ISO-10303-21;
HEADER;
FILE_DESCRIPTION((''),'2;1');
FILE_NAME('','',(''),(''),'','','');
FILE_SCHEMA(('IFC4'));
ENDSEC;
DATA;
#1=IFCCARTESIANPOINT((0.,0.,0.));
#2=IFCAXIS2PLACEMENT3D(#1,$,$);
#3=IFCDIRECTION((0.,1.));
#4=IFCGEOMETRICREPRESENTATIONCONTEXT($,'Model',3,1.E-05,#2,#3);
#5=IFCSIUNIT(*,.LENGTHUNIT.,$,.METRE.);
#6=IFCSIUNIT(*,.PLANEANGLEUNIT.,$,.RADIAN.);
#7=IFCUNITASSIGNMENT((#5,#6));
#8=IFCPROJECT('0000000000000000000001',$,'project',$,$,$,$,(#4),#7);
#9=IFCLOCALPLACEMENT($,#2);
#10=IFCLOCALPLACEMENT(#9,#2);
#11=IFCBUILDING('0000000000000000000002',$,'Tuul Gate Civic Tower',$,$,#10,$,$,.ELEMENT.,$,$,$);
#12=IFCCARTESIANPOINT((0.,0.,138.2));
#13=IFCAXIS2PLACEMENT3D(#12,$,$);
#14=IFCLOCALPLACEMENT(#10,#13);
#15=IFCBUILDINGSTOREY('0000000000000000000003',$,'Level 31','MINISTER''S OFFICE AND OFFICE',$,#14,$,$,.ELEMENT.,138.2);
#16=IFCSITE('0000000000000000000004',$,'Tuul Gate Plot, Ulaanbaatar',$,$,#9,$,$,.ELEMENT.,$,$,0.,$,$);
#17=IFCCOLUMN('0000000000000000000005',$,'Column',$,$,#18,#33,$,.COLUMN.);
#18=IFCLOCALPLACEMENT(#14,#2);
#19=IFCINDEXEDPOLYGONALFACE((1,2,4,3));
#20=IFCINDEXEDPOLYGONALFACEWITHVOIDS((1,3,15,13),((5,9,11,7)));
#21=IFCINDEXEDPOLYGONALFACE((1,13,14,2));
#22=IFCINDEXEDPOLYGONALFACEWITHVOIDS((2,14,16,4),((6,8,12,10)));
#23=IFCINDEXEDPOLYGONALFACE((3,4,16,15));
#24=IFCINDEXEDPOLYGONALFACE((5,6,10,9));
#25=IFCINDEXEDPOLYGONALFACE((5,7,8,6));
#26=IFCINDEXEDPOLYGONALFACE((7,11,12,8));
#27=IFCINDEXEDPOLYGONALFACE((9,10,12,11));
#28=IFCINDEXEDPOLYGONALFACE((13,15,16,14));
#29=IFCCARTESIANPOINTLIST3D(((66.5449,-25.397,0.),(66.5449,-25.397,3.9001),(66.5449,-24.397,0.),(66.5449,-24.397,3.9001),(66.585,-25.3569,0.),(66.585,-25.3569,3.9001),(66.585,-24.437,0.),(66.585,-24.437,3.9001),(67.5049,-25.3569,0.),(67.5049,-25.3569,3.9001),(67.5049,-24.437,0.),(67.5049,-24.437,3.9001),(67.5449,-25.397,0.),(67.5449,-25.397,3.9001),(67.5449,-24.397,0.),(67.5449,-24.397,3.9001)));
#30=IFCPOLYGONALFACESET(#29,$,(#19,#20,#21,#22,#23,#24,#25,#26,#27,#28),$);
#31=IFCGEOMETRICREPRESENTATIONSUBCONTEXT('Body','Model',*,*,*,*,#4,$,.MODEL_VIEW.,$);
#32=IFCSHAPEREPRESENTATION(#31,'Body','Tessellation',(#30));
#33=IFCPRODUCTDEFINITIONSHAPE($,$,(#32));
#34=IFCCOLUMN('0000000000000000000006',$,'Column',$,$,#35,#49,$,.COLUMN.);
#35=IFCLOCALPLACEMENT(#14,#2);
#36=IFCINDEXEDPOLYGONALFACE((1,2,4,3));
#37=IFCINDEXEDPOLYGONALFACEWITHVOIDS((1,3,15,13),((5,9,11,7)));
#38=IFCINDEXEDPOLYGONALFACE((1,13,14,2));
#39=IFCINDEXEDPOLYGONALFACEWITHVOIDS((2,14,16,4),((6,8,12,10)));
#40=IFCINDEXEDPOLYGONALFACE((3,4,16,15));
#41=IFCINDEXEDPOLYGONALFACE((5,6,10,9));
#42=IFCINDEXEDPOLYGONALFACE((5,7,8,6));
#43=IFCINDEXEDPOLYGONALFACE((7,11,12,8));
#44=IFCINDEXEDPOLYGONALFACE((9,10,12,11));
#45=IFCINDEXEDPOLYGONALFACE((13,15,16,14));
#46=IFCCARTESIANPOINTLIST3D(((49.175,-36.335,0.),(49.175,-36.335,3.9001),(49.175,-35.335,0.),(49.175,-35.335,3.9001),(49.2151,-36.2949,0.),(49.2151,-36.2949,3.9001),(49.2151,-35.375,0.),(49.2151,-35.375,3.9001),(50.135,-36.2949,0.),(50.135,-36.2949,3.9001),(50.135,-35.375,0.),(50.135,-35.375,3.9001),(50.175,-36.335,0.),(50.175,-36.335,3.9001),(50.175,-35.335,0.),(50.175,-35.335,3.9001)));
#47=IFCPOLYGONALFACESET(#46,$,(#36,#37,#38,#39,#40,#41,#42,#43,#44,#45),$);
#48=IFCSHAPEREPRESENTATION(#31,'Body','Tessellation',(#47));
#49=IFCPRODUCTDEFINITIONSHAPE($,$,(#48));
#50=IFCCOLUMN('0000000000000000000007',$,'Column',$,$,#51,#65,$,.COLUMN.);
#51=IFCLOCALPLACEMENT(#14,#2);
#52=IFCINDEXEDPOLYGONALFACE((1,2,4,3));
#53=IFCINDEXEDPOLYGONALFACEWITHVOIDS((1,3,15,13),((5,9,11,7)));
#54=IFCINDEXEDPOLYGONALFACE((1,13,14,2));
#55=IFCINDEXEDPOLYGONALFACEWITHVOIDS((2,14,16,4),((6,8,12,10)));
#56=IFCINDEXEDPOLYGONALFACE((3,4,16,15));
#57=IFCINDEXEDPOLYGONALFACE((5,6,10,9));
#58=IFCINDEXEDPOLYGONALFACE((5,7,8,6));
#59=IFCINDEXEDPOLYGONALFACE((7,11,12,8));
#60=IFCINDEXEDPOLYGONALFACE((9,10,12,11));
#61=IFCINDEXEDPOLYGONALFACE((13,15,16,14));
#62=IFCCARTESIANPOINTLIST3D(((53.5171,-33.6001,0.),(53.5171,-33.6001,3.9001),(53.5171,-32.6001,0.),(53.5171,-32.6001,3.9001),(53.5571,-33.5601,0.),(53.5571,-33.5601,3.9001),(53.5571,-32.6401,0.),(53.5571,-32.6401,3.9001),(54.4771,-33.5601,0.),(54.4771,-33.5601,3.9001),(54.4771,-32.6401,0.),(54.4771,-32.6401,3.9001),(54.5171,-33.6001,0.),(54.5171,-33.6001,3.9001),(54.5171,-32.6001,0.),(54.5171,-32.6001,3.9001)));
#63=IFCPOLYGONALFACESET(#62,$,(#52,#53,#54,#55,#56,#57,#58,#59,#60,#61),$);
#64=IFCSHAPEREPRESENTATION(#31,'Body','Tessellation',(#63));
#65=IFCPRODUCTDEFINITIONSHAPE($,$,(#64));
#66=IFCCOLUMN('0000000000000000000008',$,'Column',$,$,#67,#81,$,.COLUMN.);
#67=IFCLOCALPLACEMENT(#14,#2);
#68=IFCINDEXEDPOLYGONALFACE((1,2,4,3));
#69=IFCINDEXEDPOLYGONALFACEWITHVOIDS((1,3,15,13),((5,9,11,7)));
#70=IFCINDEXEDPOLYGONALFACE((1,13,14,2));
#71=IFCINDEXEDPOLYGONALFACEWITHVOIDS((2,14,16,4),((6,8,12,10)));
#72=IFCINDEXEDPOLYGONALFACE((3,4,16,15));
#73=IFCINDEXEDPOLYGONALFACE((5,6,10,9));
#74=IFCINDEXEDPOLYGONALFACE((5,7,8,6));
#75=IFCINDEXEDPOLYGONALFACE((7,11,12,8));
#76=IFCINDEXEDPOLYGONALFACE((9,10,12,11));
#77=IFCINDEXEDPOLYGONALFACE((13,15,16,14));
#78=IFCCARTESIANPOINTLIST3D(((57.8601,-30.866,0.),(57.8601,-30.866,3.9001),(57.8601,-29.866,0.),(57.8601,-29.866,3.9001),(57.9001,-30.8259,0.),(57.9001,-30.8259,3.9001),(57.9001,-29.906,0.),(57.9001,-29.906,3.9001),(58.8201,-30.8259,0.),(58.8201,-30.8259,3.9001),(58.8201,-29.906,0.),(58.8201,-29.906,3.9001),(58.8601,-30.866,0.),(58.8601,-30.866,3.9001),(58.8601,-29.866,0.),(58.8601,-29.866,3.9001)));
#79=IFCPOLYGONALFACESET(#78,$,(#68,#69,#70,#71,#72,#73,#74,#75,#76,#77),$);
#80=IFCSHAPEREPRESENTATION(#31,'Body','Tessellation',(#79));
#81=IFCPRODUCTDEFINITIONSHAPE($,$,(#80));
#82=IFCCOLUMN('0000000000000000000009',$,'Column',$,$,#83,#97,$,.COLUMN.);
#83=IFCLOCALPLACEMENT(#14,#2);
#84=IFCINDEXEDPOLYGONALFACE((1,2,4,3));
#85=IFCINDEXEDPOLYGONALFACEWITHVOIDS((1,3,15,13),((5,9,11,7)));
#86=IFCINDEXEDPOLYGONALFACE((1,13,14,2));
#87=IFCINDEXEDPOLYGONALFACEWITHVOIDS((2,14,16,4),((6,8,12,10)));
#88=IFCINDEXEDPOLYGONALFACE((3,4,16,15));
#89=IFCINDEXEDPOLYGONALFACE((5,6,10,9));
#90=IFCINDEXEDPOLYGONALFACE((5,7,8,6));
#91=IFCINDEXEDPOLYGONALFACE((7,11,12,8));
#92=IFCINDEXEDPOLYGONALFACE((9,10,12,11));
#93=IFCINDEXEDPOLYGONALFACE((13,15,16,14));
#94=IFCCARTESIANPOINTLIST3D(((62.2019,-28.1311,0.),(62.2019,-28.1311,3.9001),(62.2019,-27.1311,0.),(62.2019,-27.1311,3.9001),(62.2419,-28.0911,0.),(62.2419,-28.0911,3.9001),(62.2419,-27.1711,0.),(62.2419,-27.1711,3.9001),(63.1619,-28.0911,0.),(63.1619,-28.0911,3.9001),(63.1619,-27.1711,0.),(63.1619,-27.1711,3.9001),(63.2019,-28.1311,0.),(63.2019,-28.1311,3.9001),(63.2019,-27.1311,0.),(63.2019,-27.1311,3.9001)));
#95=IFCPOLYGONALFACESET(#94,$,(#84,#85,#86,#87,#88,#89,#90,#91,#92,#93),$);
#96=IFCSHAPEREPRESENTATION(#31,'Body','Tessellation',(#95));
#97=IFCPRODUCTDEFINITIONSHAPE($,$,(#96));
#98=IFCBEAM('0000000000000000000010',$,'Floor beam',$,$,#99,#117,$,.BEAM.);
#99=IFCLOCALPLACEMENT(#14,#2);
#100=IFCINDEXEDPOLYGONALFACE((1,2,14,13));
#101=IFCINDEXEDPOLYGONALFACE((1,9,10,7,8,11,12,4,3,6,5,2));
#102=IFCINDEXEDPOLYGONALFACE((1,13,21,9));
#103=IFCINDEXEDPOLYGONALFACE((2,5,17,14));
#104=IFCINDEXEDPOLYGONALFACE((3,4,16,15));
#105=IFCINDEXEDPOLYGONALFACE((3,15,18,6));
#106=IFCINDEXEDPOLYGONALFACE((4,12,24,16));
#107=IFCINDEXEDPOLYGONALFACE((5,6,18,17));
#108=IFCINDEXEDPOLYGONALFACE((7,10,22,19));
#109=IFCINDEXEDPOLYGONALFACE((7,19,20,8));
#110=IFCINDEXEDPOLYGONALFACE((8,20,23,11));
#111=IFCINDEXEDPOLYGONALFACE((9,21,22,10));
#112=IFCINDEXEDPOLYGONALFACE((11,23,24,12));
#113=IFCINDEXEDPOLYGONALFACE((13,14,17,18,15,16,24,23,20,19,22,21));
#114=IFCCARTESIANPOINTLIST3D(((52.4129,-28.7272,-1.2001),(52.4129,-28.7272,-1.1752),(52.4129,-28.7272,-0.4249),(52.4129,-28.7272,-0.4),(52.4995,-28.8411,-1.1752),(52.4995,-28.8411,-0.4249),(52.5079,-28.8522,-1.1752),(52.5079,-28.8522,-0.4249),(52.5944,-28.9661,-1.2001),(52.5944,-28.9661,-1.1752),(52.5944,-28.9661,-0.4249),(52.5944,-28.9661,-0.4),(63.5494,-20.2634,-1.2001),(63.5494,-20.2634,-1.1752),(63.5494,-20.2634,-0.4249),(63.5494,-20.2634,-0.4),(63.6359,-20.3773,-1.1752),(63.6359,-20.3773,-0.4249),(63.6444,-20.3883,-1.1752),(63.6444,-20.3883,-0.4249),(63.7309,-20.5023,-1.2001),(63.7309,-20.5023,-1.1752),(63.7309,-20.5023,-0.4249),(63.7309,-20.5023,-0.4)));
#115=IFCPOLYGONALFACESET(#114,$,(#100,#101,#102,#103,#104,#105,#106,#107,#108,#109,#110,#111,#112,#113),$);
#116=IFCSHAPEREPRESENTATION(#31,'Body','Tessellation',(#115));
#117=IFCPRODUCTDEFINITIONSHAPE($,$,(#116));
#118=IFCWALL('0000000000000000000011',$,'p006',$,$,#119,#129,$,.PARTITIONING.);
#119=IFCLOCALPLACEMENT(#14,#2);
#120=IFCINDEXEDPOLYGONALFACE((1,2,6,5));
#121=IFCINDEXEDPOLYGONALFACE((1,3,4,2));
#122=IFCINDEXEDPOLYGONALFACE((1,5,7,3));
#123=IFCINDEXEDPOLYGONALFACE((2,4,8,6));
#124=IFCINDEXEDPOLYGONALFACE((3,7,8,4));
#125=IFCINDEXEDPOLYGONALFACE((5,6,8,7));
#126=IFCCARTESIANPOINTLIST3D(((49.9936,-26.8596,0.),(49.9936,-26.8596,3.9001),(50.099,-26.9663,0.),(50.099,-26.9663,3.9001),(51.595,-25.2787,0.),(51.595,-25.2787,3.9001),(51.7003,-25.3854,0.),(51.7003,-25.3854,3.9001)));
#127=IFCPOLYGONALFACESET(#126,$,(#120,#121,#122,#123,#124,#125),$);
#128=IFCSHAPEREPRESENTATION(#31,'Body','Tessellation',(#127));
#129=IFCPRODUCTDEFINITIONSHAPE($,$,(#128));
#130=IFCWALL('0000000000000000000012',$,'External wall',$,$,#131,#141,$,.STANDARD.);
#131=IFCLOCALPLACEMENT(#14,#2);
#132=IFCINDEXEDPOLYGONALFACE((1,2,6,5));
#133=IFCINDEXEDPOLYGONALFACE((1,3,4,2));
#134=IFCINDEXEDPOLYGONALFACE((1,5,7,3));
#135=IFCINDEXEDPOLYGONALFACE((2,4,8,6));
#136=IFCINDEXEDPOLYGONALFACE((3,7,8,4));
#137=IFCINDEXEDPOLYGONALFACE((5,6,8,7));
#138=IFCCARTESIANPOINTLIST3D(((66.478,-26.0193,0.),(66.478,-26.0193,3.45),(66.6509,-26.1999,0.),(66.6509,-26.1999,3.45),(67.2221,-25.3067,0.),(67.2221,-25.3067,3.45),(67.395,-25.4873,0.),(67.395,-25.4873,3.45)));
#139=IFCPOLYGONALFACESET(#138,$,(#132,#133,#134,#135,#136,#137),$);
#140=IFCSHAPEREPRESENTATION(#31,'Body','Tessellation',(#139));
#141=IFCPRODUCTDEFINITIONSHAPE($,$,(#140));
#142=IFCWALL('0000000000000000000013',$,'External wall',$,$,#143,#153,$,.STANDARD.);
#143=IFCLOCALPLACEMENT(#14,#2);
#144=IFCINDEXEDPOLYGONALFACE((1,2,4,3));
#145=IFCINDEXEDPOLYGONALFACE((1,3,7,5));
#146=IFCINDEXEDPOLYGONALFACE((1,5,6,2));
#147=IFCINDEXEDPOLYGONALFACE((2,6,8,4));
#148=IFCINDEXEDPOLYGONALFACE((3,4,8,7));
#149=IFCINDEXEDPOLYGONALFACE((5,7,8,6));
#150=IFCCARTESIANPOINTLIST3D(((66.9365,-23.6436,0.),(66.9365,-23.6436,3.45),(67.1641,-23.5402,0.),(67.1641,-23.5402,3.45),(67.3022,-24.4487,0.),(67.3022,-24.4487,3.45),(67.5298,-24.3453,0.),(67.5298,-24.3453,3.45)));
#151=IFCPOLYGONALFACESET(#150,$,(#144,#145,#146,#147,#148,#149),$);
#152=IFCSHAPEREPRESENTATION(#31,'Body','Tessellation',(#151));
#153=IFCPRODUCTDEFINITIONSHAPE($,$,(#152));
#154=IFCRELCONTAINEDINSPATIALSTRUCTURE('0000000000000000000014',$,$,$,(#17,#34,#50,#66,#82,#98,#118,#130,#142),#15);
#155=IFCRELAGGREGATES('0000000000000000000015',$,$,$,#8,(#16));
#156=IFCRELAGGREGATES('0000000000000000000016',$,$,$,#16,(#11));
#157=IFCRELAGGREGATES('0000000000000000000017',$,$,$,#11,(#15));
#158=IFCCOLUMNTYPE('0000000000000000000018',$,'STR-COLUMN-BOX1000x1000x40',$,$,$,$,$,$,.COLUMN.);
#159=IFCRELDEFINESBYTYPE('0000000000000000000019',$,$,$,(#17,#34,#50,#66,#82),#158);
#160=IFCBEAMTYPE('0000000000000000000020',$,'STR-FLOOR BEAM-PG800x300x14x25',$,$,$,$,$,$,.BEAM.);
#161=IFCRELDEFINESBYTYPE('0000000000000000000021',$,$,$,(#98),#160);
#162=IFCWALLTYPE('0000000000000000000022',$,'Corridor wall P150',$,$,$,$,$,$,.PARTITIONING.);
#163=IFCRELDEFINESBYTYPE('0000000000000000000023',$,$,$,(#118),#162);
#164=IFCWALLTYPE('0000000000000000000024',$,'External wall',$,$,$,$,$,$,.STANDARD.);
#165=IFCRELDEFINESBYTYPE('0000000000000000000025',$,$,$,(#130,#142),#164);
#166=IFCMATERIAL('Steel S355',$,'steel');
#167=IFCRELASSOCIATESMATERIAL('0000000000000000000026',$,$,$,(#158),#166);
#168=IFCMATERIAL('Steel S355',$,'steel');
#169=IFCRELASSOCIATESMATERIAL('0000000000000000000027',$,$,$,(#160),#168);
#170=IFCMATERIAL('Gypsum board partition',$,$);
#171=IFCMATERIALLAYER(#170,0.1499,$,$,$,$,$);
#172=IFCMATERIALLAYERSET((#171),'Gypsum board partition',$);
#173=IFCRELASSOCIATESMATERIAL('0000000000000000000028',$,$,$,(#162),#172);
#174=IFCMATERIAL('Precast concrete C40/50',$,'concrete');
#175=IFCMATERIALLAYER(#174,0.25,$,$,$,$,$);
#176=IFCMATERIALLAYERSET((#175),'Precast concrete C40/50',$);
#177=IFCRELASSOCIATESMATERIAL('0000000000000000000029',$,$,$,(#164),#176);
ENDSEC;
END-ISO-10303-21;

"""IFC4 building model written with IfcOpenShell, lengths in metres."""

from ifc_helpers import new_model, si_unit, direction, frame, frame_2d, origin, origin_2d, place, context, subcontext, project, spatial, rectangle, hollow_rectangle, i_section, extrude, material, layer, layer_set, material_profile, profile_set, type_object, element, save


model = new_model("IFC4")

# Units and contexts
model_context = context("Model", 3, precision=1e-05, world=origin(), true_north=direction((0.0, 1.0)))
body_context = subcontext(model_context, "Body", "Model", "MODEL_VIEW")
ifc_project = project(units=[si_unit("LENGTHUNIT", "METRE"), si_unit("PLANEANGLEUNIT", "RADIAN")], contexts=[model_context])

# Site, building, storey
site_placement = place(None, origin())
site = spatial("IfcSite", under=ifc_project, at=site_placement, Name="Tuul Gate Plot, Ulaanbaatar", CompositionType="ELEMENT", RefElevation=0.0)
building_placement = place(site_placement, origin())
building = spatial("IfcBuilding", under=site, at=building_placement, Name="Tuul Gate Civic Tower", CompositionType="ELEMENT")
storey_placement = place(building_placement, frame((0.0, 0.0, 138.2)))
storey = spatial("IfcBuildingStorey", under=building, at=storey_placement, Name="Level 31", Description="MINISTER'S OFFICE AND OFFICE", CompositionType="ELEMENT", Elevation=138.2)

# Columns
ifc_material_1 = material(Name="Steel S355", Category="steel")
ifc_material_profile_1 = material_profile(ifc_material_1, hollow_rectangle(XDim=1.0, YDim=1.0, WallThickness=0.04, at=origin_2d()), Name="BOX1000x1000x40")
ifc_profile_set_1 = profile_set([ifc_material_profile_1], Name="Steel S355")
column_type = type_object("IfcColumnType", Name="STR-COLUMN-BOX1000x1000x40", PredefinedType="COLUMN", material=ifc_profile_set_1)
for number, where, z_axis, x_axis, name in (
    (1, (67.0449, -24.897, 0.0), (0.0, 0.0, 1.0), (1.0, 0.0, 0.0), "Column"),
    (2, (49.675, -35.835, 0.0), (0.0, 0.0, 1.0), (1.0, 0.0, 0.0), "Column"),
    (3, (54.0171, -33.1001, 0.0), (0.0, 0.0, 1.0), (1.0, 0.0, 0.0), "Column"),
    (4, (58.3601, -30.366, 0.0), (0.0, 0.0, 1.0), (1.0, 0.0, 0.0), "Column"),
    (5, (62.7019, -27.6311, 0.0), (0.0, 0.0, 1.0), (1.0, 0.0, 0.0), "Column"),
):
    element("IfcColumn", number, at=place(storey_placement, frame(where, z_axis=z_axis, x_axis=x_axis)), inside=storey, type_object=column_type, Name=name, PredefinedType="COLUMN", context=body_context, shape_type="SweptSolid", body=[
        extrude(hollow_rectangle(XDim=1.0, YDim=1.0, WallThickness=0.04, at=origin_2d()), origin(), (0.0, 0.0, 1.0), 3.9001),
    ])

# Beam
ifc_material_2 = material(Name="Steel S355", Category="steel")
ifc_material_profile_2 = material_profile(ifc_material_2, i_section(OverallWidth=0.3, OverallDepth=0.8, WebThickness=0.0139, FlangeThickness=0.0249, at=origin_2d()), Name="PG800x300x14x25")
ifc_profile_set_2 = profile_set([ifc_material_profile_2], Name="Steel S355")
beam_type = type_object("IfcBeamType", Name="STR-FLOOR BEAM-PG800x300x14x25", PredefinedType="BEAM", material=ifc_profile_set_2)
beam_placement = place(storey_placement, frame((52.5037, -28.8467, -0.8), z_axis=(0.796157, 0.60509, 0.0), x_axis=(-0.60509, 0.796157, 0.0)))
element("IfcBeam", 6, at=beam_placement, inside=storey, type_object=beam_type, Name="Floor beam", PredefinedType="BEAM", context=body_context, shape_type="SweptSolid", body=[
    extrude(i_section(OverallWidth=0.3, OverallDepth=0.8, WebThickness=0.0139, FlangeThickness=0.0249, at=origin_2d()), origin(), (0.0, 0.0, 1.0), 13.9878),
])

# Walls
ifc_material_3 = material(Name="Gypsum board partition")
ifc_layer_1 = layer(ifc_material_3, 0.1499)
ifc_layer_set_1 = layer_set([ifc_layer_1], Name="Gypsum board partition")
wall_type_1 = type_object("IfcWallType", Name="Corridor wall P150", PredefinedType="PARTITIONING", material=ifc_layer_set_1)
wall_1_placement = place(storey_placement, frame((50.0464, -26.9128, 0.0), z_axis=(0.0, 0.0, 1.0), x_axis=(0.711649, 0.702535, 0.0)))
element("IfcWall", 7, at=wall_1_placement, inside=storey, type_object=wall_type_1, Name="p006", PredefinedType="PARTITIONING", context=body_context, shape_type="SweptSolid", body=[
    extrude(rectangle(XDim=2.2502, YDim=0.1499, at=frame_2d((1.125, 0.0))), origin(), (0.0, 0.0, 1.0), 3.9001),
])
ifc_material_4 = material(Name="Precast concrete C40/50", Category="concrete")
ifc_layer_2 = layer(ifc_material_4, 0.25)
ifc_layer_set_2 = layer_set([ifc_layer_2], Name="Precast concrete C40/50")
wall_type_2 = type_object("IfcWallType", Name="External wall", PredefinedType="STANDARD", material=ifc_layer_set_2)
wall_2_placement = place(storey_placement, frame((66.5645, -26.1096, 0.0), z_axis=(0.0, 0.0, 1.0), x_axis=(0.722225, 0.691658, 0.0)))
element("IfcWall", 8, at=wall_2_placement, inside=storey, type_object=wall_type_2, Name="External wall", PredefinedType="STANDARD", context=body_context, shape_type="SweptSolid", body=[
    extrude(rectangle(XDim=1.0303, YDim=0.25, at=frame_2d((0.5151, 0.0))), origin(), (0.0, 0.0, 1.0), 3.45),
])
wall_3_placement = place(storey_placement, frame((67.416, -24.397, 0.0), z_axis=(0.0, 0.0, 1.0), x_axis=(-0.413553, 0.91048, 0.0)))
element("IfcWall", 9, at=wall_3_placement, inside=storey, type_object=wall_type_2, Name="External wall", PredefinedType="STANDARD", context=body_context, shape_type="SweptSolid", body=[
    extrude(rectangle(XDim=0.8843, YDim=0.25, at=frame_2d((0.4421, 0.0))), origin(), (0.0, 0.0, 1.0), 3.45),
])

save(model, "model.ifc")
